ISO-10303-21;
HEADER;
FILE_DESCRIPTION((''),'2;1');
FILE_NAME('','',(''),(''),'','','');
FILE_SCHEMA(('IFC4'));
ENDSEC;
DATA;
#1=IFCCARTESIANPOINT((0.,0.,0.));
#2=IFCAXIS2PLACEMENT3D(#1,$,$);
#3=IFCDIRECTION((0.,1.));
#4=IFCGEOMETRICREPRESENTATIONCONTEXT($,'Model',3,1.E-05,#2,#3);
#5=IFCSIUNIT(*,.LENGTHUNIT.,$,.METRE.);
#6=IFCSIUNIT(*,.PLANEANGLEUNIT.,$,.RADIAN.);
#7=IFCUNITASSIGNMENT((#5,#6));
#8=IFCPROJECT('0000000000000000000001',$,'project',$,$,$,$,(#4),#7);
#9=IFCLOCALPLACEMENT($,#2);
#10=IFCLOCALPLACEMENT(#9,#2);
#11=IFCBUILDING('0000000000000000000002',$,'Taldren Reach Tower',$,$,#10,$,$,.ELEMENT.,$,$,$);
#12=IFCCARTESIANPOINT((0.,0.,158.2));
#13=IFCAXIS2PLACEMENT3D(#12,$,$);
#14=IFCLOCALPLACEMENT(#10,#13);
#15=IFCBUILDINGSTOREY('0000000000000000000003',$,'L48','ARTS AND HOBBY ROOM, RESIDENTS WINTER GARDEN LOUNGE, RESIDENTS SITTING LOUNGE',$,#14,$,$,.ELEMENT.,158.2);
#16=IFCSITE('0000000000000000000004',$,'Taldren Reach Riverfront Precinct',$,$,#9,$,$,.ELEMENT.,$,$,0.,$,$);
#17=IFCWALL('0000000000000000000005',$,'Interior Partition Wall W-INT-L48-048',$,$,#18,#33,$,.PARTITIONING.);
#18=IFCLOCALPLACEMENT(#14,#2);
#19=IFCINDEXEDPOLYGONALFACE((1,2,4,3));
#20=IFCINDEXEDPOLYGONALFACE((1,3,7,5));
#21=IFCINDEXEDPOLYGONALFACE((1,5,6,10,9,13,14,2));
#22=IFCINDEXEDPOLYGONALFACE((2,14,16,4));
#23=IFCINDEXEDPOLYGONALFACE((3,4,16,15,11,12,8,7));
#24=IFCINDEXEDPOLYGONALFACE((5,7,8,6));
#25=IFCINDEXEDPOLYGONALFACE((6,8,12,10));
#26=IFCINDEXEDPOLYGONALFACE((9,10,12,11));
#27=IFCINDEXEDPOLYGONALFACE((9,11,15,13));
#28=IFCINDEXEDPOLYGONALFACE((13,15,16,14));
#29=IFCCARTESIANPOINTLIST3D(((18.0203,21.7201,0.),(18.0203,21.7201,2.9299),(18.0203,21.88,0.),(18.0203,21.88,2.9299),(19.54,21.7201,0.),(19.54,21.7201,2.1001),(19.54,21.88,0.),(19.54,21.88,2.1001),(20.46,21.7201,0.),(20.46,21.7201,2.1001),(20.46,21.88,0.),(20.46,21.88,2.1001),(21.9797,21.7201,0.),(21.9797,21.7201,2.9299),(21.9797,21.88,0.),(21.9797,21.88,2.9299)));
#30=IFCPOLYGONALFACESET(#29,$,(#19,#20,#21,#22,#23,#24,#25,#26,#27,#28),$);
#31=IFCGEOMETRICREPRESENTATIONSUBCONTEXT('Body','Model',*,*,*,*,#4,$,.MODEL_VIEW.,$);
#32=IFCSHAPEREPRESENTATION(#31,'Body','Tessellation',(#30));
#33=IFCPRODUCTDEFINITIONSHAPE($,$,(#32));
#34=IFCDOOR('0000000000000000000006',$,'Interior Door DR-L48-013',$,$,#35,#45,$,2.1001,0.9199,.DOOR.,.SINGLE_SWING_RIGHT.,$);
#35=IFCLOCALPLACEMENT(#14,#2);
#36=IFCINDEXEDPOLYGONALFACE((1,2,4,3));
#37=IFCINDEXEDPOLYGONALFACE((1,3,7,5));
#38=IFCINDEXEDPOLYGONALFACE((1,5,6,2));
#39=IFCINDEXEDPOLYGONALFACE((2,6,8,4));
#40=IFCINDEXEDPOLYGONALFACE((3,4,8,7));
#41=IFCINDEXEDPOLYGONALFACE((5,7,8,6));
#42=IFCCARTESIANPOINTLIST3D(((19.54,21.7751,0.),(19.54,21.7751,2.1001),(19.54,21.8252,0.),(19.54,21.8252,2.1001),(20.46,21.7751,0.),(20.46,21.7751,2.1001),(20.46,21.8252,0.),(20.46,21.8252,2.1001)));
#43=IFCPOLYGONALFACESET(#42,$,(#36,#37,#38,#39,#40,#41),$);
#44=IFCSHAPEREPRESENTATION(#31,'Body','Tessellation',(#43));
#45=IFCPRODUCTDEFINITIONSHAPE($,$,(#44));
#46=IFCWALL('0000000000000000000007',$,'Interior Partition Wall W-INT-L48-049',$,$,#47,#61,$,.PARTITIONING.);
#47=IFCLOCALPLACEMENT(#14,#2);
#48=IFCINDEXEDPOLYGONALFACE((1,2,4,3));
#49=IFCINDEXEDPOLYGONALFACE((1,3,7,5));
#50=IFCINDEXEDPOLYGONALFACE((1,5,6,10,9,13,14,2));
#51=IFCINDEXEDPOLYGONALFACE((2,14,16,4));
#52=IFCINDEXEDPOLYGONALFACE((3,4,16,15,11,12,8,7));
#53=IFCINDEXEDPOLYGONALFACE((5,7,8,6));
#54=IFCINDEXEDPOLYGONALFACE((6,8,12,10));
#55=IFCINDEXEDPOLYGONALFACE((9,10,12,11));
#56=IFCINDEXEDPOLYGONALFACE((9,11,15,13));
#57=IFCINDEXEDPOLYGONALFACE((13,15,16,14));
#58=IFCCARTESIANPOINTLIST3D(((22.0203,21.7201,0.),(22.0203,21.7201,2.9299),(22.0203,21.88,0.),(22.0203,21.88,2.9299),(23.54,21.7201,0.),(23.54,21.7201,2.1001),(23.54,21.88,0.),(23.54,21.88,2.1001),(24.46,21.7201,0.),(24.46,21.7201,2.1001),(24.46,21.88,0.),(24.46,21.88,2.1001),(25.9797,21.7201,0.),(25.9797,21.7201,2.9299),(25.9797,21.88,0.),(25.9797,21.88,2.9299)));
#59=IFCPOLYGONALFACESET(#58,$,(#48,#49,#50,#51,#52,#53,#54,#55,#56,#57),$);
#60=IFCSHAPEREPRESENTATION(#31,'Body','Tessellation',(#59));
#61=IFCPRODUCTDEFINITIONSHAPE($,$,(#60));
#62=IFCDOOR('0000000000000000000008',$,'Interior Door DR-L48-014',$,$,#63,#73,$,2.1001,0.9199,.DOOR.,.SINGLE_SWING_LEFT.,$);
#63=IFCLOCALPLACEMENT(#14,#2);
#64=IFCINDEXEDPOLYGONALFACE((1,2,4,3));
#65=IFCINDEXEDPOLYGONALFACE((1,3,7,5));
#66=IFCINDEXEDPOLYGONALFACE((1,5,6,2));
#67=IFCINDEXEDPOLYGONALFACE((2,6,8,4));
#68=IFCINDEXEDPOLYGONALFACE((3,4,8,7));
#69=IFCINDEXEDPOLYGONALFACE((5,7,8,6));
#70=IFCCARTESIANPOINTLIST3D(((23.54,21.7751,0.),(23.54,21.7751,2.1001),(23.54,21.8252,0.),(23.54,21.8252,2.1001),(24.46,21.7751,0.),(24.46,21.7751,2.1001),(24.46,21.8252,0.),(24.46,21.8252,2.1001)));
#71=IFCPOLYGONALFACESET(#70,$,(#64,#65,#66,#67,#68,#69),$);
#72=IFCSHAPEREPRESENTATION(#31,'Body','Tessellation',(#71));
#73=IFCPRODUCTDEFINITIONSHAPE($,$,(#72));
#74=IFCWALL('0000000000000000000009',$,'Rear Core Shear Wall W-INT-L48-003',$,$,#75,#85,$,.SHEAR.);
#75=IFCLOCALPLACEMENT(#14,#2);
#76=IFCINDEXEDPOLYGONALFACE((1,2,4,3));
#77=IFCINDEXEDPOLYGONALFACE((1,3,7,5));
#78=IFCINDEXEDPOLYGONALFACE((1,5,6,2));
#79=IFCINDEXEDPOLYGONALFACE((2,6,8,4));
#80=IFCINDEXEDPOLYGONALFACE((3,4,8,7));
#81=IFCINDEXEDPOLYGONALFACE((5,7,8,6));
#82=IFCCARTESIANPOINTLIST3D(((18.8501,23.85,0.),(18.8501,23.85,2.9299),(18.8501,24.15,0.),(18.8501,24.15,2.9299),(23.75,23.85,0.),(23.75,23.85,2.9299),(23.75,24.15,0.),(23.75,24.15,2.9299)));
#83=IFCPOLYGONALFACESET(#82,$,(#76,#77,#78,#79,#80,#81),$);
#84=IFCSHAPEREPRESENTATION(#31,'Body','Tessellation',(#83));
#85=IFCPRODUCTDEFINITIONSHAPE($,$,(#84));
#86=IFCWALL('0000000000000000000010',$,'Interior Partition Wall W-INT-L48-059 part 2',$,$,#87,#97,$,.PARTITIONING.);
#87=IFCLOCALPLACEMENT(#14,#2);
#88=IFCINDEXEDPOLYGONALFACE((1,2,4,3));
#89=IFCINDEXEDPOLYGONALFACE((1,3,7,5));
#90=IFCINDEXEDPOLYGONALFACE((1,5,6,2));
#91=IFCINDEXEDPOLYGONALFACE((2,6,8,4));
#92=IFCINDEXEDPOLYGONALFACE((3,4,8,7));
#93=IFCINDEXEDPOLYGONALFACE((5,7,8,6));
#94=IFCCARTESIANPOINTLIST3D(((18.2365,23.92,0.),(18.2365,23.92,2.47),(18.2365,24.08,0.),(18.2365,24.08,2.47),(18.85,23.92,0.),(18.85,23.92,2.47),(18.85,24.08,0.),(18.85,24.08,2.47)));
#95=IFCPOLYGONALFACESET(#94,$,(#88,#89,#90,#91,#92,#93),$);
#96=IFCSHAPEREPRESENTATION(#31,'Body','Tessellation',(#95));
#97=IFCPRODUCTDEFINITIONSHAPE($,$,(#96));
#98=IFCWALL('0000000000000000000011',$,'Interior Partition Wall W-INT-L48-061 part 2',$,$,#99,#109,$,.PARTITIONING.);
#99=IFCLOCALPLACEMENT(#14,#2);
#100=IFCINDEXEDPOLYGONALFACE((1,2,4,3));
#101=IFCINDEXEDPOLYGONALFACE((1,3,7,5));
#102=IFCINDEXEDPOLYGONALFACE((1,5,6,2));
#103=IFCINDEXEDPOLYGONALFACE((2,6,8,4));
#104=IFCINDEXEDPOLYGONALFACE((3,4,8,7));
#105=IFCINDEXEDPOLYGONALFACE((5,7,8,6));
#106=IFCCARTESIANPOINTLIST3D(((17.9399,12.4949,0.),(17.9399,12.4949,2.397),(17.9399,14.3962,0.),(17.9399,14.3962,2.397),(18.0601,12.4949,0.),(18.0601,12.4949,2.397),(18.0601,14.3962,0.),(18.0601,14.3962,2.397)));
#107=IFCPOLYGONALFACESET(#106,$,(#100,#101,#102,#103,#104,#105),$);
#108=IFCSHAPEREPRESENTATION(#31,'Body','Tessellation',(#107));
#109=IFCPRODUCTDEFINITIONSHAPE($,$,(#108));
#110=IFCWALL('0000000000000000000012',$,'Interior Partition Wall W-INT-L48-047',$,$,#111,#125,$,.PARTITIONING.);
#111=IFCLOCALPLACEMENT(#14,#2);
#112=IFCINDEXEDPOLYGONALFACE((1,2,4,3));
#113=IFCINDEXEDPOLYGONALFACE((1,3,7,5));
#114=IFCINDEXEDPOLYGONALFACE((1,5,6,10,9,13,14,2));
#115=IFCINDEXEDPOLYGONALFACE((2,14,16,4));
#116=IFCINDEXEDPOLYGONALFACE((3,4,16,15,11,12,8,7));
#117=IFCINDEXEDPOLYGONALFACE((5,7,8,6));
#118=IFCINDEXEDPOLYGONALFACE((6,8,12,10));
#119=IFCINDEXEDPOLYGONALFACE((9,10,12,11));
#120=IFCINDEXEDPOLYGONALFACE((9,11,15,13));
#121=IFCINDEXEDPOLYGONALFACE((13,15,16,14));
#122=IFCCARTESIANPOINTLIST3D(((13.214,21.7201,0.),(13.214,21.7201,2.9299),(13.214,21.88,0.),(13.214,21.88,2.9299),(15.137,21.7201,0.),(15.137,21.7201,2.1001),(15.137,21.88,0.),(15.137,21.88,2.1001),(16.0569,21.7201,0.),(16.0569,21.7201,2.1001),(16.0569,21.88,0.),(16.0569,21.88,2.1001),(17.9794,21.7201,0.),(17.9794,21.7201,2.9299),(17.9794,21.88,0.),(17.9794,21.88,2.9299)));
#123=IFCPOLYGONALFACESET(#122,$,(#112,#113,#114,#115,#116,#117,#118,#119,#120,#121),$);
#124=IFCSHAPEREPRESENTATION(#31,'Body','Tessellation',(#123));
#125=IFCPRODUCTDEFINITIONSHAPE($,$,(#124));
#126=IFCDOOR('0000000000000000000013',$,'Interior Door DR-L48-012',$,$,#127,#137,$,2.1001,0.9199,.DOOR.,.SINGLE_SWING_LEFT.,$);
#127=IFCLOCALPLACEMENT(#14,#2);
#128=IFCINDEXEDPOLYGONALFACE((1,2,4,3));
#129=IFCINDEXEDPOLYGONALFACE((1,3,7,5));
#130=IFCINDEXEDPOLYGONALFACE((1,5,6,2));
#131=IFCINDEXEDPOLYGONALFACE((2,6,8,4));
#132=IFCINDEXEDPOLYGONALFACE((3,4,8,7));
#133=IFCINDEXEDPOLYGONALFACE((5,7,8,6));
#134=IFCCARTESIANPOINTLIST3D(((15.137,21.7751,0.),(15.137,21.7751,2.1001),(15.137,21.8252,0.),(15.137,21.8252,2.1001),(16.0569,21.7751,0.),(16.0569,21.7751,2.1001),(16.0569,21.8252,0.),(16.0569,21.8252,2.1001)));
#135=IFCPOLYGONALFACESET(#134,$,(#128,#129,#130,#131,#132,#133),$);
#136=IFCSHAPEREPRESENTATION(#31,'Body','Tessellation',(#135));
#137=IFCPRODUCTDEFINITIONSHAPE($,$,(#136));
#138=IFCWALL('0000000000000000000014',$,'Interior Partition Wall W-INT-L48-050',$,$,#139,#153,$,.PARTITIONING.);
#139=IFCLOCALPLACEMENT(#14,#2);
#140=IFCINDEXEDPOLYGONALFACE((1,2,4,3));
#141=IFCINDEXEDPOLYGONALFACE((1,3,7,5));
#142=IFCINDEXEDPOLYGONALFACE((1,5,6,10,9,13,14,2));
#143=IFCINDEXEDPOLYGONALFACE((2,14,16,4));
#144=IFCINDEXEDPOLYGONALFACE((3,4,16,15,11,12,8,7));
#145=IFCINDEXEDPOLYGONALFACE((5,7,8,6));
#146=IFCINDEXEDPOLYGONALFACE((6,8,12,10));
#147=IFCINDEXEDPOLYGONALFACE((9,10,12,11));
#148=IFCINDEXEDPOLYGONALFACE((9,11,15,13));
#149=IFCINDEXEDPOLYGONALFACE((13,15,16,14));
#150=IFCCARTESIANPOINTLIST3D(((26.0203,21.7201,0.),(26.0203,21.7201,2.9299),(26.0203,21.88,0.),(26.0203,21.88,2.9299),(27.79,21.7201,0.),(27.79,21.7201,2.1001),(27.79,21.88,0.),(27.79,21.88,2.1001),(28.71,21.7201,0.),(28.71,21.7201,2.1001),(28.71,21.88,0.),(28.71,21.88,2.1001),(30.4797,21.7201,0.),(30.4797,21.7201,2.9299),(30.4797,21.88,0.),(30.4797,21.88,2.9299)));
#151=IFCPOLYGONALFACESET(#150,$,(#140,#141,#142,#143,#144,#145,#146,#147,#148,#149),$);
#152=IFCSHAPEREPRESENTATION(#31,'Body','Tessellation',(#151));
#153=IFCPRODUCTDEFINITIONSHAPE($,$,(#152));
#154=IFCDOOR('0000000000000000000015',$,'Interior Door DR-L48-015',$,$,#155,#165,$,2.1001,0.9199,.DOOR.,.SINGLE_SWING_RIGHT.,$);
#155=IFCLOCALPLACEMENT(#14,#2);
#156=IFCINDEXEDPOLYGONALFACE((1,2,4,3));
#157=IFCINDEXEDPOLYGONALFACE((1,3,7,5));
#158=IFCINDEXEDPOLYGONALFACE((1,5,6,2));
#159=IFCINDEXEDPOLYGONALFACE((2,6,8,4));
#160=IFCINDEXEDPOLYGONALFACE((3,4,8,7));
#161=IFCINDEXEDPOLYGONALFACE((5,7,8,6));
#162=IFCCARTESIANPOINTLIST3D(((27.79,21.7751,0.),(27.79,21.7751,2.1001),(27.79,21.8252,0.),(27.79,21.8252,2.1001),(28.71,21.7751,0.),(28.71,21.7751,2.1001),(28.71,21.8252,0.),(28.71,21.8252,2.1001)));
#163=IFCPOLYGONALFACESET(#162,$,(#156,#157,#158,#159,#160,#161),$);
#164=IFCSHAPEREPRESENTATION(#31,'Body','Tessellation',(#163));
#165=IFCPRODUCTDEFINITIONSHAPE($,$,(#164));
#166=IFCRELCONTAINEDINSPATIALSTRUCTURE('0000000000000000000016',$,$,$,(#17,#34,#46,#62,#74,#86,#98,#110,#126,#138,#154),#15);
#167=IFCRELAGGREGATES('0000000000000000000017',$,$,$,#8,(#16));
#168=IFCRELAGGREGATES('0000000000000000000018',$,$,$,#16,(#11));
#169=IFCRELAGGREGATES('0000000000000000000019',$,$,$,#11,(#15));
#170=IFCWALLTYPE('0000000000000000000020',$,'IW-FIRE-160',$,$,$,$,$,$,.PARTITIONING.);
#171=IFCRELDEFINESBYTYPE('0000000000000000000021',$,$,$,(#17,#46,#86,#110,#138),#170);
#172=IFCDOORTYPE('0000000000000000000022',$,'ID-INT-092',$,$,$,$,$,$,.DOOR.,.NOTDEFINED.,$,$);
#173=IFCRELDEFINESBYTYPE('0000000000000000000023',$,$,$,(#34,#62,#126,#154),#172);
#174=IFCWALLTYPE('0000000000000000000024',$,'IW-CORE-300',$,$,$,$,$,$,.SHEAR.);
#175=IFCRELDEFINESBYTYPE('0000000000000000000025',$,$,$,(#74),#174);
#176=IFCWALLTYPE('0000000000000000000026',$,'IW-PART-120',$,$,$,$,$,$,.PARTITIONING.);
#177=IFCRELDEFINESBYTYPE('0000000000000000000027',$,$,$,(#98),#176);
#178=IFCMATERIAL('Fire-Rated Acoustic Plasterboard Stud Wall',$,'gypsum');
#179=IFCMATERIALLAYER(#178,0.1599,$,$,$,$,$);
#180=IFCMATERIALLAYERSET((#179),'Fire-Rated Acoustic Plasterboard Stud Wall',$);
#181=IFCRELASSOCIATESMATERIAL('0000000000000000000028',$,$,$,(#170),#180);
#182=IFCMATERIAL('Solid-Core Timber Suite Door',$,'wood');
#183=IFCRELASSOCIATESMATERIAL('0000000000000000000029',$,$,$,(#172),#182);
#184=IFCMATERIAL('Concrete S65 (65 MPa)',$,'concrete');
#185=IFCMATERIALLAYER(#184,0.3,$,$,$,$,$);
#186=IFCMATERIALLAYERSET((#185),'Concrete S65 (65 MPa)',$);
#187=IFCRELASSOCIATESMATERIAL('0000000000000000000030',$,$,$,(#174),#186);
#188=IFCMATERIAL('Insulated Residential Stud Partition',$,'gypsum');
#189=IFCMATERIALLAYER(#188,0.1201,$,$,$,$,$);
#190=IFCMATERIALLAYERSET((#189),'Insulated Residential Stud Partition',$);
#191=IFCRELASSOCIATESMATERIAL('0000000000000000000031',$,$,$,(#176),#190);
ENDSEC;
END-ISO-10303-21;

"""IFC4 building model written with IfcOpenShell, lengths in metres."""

from ifc_helpers import new_model, si_unit, direction, frame, frame_2d, origin, place, context, subcontext, project, spatial, rectangle, extrude, source, transform, mapped, material, layer, layer_set, type_object, element, fill, save


model = new_model("IFC4")

# Units and contexts
model_context = context("Model", 3, precision=1e-05, world=origin(), true_north=direction((0.0, 1.0)))
body_context = subcontext(model_context, "Body", "Model", "MODEL_VIEW")
ifc_project = project(units=[si_unit("LENGTHUNIT", "METRE"), si_unit("PLANEANGLEUNIT", "RADIAN")], contexts=[model_context])

# Site, building, storey
site_placement = place(None, origin())
site = spatial("IfcSite", under=ifc_project, at=site_placement, Name="Taldren Reach Riverfront Precinct", CompositionType="ELEMENT", RefElevation=0.0)
building_placement = place(site_placement, origin())
building = spatial("IfcBuilding", under=site, at=building_placement, Name="Taldren Reach Tower", CompositionType="ELEMENT")
storey_placement = place(building_placement, frame((0.0, 0.0, 158.2)))
storey = spatial("IfcBuildingStorey", under=building, at=storey_placement, Name="L48", Description="ARTS AND HOBBY ROOM, RESIDENTS WINTER GARDEN LOUNGE, RESIDENTS SITTING LOUNGE", CompositionType="ELEMENT", Elevation=158.2)

# Walls, openings, doors
ifc_material_1 = material(Name="Fire-Rated Acoustic Plasterboard Stud Wall", Category="gypsum")
ifc_layer_1 = layer(ifc_material_1, 0.1599)
ifc_layer_set_1 = layer_set([ifc_layer_1], Name="Fire-Rated Acoustic Plasterboard Stud Wall")
wall_type_1 = type_object("IfcWallType", Name="IW-FIRE-160", PredefinedType="PARTITIONING", material=ifc_layer_set_1)
shared_shape_1 = source(origin(), body_context, "Body", "SweptSolid", [
    extrude(rectangle(XDim=3.9595, YDim=0.1599, at=frame_2d((1.9797, 0.0))), origin(), (0.0, 0.0, 1.0), 2.9299),
])
wall_1_placement = place(storey_placement, frame((21.9797, 21.8, 0.0), z_axis=(0.0, 0.0, 1.0), x_axis=(-1.0, 0.0, 0.0)))
wall_1 = element("IfcWall", 1, at=wall_1_placement, inside=storey, type_object=wall_type_1, Name="Interior Partition Wall W-INT-L48-048", PredefinedType="PARTITIONING", context=body_context, shape_type="MappedRepresentation", body=[
    mapped(shared_shape_1, transform((0.0, 0.0, 0.0), scale=1.0)),
])
shared_shape_2 = source(origin(), body_context, "Body", "SweptSolid", [
    extrude(rectangle(XDim=0.9199, YDim=2.1001, at=frame_2d((0.46, 1.05))), frame((0.0, 0.0898, 0.0), z_axis=(0.0, -1.0, 0.0), x_axis=(1.0, 0.0, 0.0)), (0.0, 0.0, 1.0), 0.1799),
])
opening_1_placement = place(wall_1_placement, frame((1.5198, 0.0, 0.0)))
opening_1 = element("IfcOpeningElement", 2, at=opening_1_placement, cuts=wall_1, PredefinedType="OPENING", context=body_context, shape_type="MappedRepresentation", body=[
    mapped(shared_shape_2, transform((0.0, 0.0, 0.0), scale=1.0)),
])
ifc_material_2 = material(Name="Solid-Core Timber Suite Door", Category="wood")
door_type = type_object("IfcDoorType", Name="ID-INT-092", OperationType="NOTDEFINED", PredefinedType="DOOR", material=ifc_material_2)
shared_shape_3 = source(origin(), body_context, "Body", "SweptSolid", [
    extrude(rectangle(XDim=0.9199, YDim=2.1001, at=frame_2d((0.46, 1.05))), frame((0.0, 0.0249, 0.0), z_axis=(0.0, -1.0, 0.0), x_axis=(1.0, 0.0, 0.0)), (0.0, 0.0, 1.0), 0.05),
])
door_1_placement = place(opening_1_placement, origin())
door_1 = element("IfcDoor", 3, at=door_1_placement, inside=storey, type_object=door_type, Name="Interior Door DR-L48-013", OperationType="SINGLE_SWING_RIGHT", OverallHeight=2.1001, OverallWidth=0.9199, PredefinedType="DOOR", context=body_context, shape_type="MappedRepresentation", body=[
    mapped(shared_shape_3, transform((0.0, 0.0, 0.0), scale=1.0)),
])
fill(opening_1, door_1)
wall_2_placement = place(storey_placement, frame((25.9797, 21.8, 0.0), z_axis=(0.0, 0.0, 1.0), x_axis=(-1.0, 0.0, 0.0)))
wall_2 = element("IfcWall", 4, at=wall_2_placement, inside=storey, type_object=wall_type_1, Name="Interior Partition Wall W-INT-L48-049", PredefinedType="PARTITIONING", context=body_context, shape_type="MappedRepresentation", body=[
    mapped(shared_shape_1, transform((0.0, 0.0, 0.0), scale=1.0)),
])
opening_2_placement = place(wall_2_placement, frame((1.5198, 0.0, 0.0)))
opening_2 = element("IfcOpeningElement", 5, at=opening_2_placement, cuts=wall_2, PredefinedType="OPENING", context=body_context, shape_type="MappedRepresentation", body=[
    mapped(shared_shape_2, transform((0.0, 0.0, 0.0), scale=1.0)),
])
door_2_placement = place(opening_2_placement, origin())
door_2 = element("IfcDoor", 6, at=door_2_placement, inside=storey, type_object=door_type, Name="Interior Door DR-L48-014", OperationType="SINGLE_SWING_LEFT", OverallHeight=2.1001, OverallWidth=0.9199, PredefinedType="DOOR", context=body_context, shape_type="MappedRepresentation", body=[
    mapped(shared_shape_3, transform((0.0, 0.0, 0.0), scale=1.0)),
])
fill(opening_2, door_2)

# Walls
ifc_material_3 = material(Name="Concrete S65 (65 MPa)", Category="concrete")
ifc_layer_2 = layer(ifc_material_3, 0.3)
ifc_layer_set_2 = layer_set([ifc_layer_2], Name="Concrete S65 (65 MPa)")
wall_type_2 = type_object("IfcWallType", Name="IW-CORE-300", PredefinedType="SHEAR", material=ifc_layer_set_2)
shared_shape_4 = source(origin(), body_context, "Body", "SweptSolid", [
    extrude(rectangle(XDim=4.8999, YDim=0.3, at=frame_2d((2.45, 0.0))), origin(), (0.0, 0.0, 1.0), 2.9299),
])
wall_3_placement = place(storey_placement, frame((18.8501, 24.0, 0.0), z_axis=(0.0, 0.0, 1.0), x_axis=(1.0, 0.0, 0.0)))
element("IfcWall", 7, at=wall_3_placement, inside=storey, type_object=wall_type_2, Name="Rear Core Shear Wall W-INT-L48-003", PredefinedType="SHEAR", context=body_context, shape_type="MappedRepresentation", body=[
    mapped(shared_shape_4, transform((0.0, 0.0, 0.0), scale=1.0)),
])
shared_shape_5 = source(origin(), body_context, "Body", "SweptSolid", [
    extrude(rectangle(XDim=0.6135, YDim=0.1599, at=frame_2d((0.3066, 0.0))), origin(), (0.0, 0.0, 1.0), 2.47),
])
wall_4_placement = place(storey_placement, frame((18.2366, 24.0, 0.0), z_axis=(0.0, 0.0, 1.0), x_axis=(1.0, 0.0, 0.0)))
element("IfcWall", 8, at=wall_4_placement, inside=storey, type_object=wall_type_1, Name="Interior Partition Wall W-INT-L48-059 part 2", PredefinedType="PARTITIONING", context=body_context, shape_type="MappedRepresentation", body=[
    mapped(shared_shape_5, transform((0.0, 0.0, 0.0), scale=1.0)),
])
ifc_material_4 = material(Name="Insulated Residential Stud Partition", Category="gypsum")
ifc_layer_3 = layer(ifc_material_4, 0.1201)
ifc_layer_set_3 = layer_set([ifc_layer_3], Name="Insulated Residential Stud Partition")
wall_type_3 = type_object("IfcWallType", Name="IW-PART-120", PredefinedType="PARTITIONING", material=ifc_layer_set_3)
shared_shape_6 = source(origin(), body_context, "Body", "SweptSolid", [
    extrude(rectangle(XDim=1.9014, YDim=0.1201, at=frame_2d((0.9507, 0.0))), origin(), (0.0, 0.0, 1.0), 2.397),
])
wall_5_placement = place(storey_placement, frame((18.0, 14.3962, 0.0), z_axis=(0.0, 0.0, 1.0), x_axis=(0.0, -1.0, 0.0)))
element("IfcWall", 9, at=wall_5_placement, inside=storey, type_object=wall_type_3, Name="Interior Partition Wall W-INT-L48-061 part 2", PredefinedType="PARTITIONING", context=body_context, shape_type="MappedRepresentation", body=[
    mapped(shared_shape_6, transform((0.0, 0.0, 0.0), scale=1.0)),
])

# Walls, openings, doors
shared_shape_7 = source(origin(), body_context, "Body", "SweptSolid", [
    extrude(rectangle(XDim=4.7654, YDim=0.1599, at=frame_2d((2.3828, 0.0))), origin(), (0.0, 0.0, 1.0), 2.9299),
])
wall_6_placement = place(storey_placement, frame((17.9795, 21.8, 0.0), z_axis=(0.0, 0.0, 1.0), x_axis=(-1.0, 0.0, 0.0)))
wall_6 = element("IfcWall", 10, at=wall_6_placement, inside=storey, type_object=wall_type_1, Name="Interior Partition Wall W-INT-L48-047", PredefinedType="PARTITIONING", context=body_context, shape_type="MappedRepresentation", body=[
    mapped(shared_shape_7, transform((0.0, 0.0, 0.0), scale=1.0)),
])
opening_3_placement = place(wall_6_placement, frame((1.9226, 0.0, 0.0)))
opening_3 = element("IfcOpeningElement", 11, at=opening_3_placement, cuts=wall_6, PredefinedType="OPENING", context=body_context, shape_type="MappedRepresentation", body=[
    mapped(shared_shape_2, transform((0.0, 0.0, 0.0), scale=1.0)),
])
door_3_placement = place(opening_3_placement, origin())
door_3 = element("IfcDoor", 12, at=door_3_placement, inside=storey, type_object=door_type, Name="Interior Door DR-L48-012", OperationType="SINGLE_SWING_LEFT", OverallHeight=2.1001, OverallWidth=0.9199, PredefinedType="DOOR", context=body_context, shape_type="MappedRepresentation", body=[
    mapped(shared_shape_3, transform((0.0, 0.0, 0.0), scale=1.0)),
])
fill(opening_3, door_3)
shared_shape_8 = source(origin(), body_context, "Body", "SweptSolid", [
    extrude(rectangle(XDim=4.4595, YDim=0.1599, at=frame_2d((2.2297, 0.0))), origin(), (0.0, 0.0, 1.0), 2.9299),
])
wall_7_placement = place(storey_placement, frame((30.4797, 21.8, 0.0), z_axis=(0.0, 0.0, 1.0), x_axis=(-1.0, 0.0, 0.0)))
wall_7 = element("IfcWall", 13, at=wall_7_placement, inside=storey, type_object=wall_type_1, Name="Interior Partition Wall W-INT-L48-050", PredefinedType="PARTITIONING", context=body_context, shape_type="MappedRepresentation", body=[
    mapped(shared_shape_8, transform((0.0, 0.0, 0.0), scale=1.0)),
])
opening_4_placement = place(wall_7_placement, frame((1.7698, 0.0, 0.0)))
opening_4 = element("IfcOpeningElement", 14, at=opening_4_placement, cuts=wall_7, PredefinedType="OPENING", context=body_context, shape_type="MappedRepresentation", body=[
    mapped(shared_shape_2, transform((0.0, 0.0, 0.0), scale=1.0)),
])
door_4_placement = place(opening_4_placement, origin())
door_4 = element("IfcDoor", 15, at=door_4_placement, inside=storey, type_object=door_type, Name="Interior Door DR-L48-015", OperationType="SINGLE_SWING_RIGHT", OverallHeight=2.1001, OverallWidth=0.9199, PredefinedType="DOOR", context=body_context, shape_type="MappedRepresentation", body=[
    mapped(shared_shape_3, transform((0.0, 0.0, 0.0), scale=1.0)),
])
fill(opening_4, door_4)

save(model, "model.ifc")
